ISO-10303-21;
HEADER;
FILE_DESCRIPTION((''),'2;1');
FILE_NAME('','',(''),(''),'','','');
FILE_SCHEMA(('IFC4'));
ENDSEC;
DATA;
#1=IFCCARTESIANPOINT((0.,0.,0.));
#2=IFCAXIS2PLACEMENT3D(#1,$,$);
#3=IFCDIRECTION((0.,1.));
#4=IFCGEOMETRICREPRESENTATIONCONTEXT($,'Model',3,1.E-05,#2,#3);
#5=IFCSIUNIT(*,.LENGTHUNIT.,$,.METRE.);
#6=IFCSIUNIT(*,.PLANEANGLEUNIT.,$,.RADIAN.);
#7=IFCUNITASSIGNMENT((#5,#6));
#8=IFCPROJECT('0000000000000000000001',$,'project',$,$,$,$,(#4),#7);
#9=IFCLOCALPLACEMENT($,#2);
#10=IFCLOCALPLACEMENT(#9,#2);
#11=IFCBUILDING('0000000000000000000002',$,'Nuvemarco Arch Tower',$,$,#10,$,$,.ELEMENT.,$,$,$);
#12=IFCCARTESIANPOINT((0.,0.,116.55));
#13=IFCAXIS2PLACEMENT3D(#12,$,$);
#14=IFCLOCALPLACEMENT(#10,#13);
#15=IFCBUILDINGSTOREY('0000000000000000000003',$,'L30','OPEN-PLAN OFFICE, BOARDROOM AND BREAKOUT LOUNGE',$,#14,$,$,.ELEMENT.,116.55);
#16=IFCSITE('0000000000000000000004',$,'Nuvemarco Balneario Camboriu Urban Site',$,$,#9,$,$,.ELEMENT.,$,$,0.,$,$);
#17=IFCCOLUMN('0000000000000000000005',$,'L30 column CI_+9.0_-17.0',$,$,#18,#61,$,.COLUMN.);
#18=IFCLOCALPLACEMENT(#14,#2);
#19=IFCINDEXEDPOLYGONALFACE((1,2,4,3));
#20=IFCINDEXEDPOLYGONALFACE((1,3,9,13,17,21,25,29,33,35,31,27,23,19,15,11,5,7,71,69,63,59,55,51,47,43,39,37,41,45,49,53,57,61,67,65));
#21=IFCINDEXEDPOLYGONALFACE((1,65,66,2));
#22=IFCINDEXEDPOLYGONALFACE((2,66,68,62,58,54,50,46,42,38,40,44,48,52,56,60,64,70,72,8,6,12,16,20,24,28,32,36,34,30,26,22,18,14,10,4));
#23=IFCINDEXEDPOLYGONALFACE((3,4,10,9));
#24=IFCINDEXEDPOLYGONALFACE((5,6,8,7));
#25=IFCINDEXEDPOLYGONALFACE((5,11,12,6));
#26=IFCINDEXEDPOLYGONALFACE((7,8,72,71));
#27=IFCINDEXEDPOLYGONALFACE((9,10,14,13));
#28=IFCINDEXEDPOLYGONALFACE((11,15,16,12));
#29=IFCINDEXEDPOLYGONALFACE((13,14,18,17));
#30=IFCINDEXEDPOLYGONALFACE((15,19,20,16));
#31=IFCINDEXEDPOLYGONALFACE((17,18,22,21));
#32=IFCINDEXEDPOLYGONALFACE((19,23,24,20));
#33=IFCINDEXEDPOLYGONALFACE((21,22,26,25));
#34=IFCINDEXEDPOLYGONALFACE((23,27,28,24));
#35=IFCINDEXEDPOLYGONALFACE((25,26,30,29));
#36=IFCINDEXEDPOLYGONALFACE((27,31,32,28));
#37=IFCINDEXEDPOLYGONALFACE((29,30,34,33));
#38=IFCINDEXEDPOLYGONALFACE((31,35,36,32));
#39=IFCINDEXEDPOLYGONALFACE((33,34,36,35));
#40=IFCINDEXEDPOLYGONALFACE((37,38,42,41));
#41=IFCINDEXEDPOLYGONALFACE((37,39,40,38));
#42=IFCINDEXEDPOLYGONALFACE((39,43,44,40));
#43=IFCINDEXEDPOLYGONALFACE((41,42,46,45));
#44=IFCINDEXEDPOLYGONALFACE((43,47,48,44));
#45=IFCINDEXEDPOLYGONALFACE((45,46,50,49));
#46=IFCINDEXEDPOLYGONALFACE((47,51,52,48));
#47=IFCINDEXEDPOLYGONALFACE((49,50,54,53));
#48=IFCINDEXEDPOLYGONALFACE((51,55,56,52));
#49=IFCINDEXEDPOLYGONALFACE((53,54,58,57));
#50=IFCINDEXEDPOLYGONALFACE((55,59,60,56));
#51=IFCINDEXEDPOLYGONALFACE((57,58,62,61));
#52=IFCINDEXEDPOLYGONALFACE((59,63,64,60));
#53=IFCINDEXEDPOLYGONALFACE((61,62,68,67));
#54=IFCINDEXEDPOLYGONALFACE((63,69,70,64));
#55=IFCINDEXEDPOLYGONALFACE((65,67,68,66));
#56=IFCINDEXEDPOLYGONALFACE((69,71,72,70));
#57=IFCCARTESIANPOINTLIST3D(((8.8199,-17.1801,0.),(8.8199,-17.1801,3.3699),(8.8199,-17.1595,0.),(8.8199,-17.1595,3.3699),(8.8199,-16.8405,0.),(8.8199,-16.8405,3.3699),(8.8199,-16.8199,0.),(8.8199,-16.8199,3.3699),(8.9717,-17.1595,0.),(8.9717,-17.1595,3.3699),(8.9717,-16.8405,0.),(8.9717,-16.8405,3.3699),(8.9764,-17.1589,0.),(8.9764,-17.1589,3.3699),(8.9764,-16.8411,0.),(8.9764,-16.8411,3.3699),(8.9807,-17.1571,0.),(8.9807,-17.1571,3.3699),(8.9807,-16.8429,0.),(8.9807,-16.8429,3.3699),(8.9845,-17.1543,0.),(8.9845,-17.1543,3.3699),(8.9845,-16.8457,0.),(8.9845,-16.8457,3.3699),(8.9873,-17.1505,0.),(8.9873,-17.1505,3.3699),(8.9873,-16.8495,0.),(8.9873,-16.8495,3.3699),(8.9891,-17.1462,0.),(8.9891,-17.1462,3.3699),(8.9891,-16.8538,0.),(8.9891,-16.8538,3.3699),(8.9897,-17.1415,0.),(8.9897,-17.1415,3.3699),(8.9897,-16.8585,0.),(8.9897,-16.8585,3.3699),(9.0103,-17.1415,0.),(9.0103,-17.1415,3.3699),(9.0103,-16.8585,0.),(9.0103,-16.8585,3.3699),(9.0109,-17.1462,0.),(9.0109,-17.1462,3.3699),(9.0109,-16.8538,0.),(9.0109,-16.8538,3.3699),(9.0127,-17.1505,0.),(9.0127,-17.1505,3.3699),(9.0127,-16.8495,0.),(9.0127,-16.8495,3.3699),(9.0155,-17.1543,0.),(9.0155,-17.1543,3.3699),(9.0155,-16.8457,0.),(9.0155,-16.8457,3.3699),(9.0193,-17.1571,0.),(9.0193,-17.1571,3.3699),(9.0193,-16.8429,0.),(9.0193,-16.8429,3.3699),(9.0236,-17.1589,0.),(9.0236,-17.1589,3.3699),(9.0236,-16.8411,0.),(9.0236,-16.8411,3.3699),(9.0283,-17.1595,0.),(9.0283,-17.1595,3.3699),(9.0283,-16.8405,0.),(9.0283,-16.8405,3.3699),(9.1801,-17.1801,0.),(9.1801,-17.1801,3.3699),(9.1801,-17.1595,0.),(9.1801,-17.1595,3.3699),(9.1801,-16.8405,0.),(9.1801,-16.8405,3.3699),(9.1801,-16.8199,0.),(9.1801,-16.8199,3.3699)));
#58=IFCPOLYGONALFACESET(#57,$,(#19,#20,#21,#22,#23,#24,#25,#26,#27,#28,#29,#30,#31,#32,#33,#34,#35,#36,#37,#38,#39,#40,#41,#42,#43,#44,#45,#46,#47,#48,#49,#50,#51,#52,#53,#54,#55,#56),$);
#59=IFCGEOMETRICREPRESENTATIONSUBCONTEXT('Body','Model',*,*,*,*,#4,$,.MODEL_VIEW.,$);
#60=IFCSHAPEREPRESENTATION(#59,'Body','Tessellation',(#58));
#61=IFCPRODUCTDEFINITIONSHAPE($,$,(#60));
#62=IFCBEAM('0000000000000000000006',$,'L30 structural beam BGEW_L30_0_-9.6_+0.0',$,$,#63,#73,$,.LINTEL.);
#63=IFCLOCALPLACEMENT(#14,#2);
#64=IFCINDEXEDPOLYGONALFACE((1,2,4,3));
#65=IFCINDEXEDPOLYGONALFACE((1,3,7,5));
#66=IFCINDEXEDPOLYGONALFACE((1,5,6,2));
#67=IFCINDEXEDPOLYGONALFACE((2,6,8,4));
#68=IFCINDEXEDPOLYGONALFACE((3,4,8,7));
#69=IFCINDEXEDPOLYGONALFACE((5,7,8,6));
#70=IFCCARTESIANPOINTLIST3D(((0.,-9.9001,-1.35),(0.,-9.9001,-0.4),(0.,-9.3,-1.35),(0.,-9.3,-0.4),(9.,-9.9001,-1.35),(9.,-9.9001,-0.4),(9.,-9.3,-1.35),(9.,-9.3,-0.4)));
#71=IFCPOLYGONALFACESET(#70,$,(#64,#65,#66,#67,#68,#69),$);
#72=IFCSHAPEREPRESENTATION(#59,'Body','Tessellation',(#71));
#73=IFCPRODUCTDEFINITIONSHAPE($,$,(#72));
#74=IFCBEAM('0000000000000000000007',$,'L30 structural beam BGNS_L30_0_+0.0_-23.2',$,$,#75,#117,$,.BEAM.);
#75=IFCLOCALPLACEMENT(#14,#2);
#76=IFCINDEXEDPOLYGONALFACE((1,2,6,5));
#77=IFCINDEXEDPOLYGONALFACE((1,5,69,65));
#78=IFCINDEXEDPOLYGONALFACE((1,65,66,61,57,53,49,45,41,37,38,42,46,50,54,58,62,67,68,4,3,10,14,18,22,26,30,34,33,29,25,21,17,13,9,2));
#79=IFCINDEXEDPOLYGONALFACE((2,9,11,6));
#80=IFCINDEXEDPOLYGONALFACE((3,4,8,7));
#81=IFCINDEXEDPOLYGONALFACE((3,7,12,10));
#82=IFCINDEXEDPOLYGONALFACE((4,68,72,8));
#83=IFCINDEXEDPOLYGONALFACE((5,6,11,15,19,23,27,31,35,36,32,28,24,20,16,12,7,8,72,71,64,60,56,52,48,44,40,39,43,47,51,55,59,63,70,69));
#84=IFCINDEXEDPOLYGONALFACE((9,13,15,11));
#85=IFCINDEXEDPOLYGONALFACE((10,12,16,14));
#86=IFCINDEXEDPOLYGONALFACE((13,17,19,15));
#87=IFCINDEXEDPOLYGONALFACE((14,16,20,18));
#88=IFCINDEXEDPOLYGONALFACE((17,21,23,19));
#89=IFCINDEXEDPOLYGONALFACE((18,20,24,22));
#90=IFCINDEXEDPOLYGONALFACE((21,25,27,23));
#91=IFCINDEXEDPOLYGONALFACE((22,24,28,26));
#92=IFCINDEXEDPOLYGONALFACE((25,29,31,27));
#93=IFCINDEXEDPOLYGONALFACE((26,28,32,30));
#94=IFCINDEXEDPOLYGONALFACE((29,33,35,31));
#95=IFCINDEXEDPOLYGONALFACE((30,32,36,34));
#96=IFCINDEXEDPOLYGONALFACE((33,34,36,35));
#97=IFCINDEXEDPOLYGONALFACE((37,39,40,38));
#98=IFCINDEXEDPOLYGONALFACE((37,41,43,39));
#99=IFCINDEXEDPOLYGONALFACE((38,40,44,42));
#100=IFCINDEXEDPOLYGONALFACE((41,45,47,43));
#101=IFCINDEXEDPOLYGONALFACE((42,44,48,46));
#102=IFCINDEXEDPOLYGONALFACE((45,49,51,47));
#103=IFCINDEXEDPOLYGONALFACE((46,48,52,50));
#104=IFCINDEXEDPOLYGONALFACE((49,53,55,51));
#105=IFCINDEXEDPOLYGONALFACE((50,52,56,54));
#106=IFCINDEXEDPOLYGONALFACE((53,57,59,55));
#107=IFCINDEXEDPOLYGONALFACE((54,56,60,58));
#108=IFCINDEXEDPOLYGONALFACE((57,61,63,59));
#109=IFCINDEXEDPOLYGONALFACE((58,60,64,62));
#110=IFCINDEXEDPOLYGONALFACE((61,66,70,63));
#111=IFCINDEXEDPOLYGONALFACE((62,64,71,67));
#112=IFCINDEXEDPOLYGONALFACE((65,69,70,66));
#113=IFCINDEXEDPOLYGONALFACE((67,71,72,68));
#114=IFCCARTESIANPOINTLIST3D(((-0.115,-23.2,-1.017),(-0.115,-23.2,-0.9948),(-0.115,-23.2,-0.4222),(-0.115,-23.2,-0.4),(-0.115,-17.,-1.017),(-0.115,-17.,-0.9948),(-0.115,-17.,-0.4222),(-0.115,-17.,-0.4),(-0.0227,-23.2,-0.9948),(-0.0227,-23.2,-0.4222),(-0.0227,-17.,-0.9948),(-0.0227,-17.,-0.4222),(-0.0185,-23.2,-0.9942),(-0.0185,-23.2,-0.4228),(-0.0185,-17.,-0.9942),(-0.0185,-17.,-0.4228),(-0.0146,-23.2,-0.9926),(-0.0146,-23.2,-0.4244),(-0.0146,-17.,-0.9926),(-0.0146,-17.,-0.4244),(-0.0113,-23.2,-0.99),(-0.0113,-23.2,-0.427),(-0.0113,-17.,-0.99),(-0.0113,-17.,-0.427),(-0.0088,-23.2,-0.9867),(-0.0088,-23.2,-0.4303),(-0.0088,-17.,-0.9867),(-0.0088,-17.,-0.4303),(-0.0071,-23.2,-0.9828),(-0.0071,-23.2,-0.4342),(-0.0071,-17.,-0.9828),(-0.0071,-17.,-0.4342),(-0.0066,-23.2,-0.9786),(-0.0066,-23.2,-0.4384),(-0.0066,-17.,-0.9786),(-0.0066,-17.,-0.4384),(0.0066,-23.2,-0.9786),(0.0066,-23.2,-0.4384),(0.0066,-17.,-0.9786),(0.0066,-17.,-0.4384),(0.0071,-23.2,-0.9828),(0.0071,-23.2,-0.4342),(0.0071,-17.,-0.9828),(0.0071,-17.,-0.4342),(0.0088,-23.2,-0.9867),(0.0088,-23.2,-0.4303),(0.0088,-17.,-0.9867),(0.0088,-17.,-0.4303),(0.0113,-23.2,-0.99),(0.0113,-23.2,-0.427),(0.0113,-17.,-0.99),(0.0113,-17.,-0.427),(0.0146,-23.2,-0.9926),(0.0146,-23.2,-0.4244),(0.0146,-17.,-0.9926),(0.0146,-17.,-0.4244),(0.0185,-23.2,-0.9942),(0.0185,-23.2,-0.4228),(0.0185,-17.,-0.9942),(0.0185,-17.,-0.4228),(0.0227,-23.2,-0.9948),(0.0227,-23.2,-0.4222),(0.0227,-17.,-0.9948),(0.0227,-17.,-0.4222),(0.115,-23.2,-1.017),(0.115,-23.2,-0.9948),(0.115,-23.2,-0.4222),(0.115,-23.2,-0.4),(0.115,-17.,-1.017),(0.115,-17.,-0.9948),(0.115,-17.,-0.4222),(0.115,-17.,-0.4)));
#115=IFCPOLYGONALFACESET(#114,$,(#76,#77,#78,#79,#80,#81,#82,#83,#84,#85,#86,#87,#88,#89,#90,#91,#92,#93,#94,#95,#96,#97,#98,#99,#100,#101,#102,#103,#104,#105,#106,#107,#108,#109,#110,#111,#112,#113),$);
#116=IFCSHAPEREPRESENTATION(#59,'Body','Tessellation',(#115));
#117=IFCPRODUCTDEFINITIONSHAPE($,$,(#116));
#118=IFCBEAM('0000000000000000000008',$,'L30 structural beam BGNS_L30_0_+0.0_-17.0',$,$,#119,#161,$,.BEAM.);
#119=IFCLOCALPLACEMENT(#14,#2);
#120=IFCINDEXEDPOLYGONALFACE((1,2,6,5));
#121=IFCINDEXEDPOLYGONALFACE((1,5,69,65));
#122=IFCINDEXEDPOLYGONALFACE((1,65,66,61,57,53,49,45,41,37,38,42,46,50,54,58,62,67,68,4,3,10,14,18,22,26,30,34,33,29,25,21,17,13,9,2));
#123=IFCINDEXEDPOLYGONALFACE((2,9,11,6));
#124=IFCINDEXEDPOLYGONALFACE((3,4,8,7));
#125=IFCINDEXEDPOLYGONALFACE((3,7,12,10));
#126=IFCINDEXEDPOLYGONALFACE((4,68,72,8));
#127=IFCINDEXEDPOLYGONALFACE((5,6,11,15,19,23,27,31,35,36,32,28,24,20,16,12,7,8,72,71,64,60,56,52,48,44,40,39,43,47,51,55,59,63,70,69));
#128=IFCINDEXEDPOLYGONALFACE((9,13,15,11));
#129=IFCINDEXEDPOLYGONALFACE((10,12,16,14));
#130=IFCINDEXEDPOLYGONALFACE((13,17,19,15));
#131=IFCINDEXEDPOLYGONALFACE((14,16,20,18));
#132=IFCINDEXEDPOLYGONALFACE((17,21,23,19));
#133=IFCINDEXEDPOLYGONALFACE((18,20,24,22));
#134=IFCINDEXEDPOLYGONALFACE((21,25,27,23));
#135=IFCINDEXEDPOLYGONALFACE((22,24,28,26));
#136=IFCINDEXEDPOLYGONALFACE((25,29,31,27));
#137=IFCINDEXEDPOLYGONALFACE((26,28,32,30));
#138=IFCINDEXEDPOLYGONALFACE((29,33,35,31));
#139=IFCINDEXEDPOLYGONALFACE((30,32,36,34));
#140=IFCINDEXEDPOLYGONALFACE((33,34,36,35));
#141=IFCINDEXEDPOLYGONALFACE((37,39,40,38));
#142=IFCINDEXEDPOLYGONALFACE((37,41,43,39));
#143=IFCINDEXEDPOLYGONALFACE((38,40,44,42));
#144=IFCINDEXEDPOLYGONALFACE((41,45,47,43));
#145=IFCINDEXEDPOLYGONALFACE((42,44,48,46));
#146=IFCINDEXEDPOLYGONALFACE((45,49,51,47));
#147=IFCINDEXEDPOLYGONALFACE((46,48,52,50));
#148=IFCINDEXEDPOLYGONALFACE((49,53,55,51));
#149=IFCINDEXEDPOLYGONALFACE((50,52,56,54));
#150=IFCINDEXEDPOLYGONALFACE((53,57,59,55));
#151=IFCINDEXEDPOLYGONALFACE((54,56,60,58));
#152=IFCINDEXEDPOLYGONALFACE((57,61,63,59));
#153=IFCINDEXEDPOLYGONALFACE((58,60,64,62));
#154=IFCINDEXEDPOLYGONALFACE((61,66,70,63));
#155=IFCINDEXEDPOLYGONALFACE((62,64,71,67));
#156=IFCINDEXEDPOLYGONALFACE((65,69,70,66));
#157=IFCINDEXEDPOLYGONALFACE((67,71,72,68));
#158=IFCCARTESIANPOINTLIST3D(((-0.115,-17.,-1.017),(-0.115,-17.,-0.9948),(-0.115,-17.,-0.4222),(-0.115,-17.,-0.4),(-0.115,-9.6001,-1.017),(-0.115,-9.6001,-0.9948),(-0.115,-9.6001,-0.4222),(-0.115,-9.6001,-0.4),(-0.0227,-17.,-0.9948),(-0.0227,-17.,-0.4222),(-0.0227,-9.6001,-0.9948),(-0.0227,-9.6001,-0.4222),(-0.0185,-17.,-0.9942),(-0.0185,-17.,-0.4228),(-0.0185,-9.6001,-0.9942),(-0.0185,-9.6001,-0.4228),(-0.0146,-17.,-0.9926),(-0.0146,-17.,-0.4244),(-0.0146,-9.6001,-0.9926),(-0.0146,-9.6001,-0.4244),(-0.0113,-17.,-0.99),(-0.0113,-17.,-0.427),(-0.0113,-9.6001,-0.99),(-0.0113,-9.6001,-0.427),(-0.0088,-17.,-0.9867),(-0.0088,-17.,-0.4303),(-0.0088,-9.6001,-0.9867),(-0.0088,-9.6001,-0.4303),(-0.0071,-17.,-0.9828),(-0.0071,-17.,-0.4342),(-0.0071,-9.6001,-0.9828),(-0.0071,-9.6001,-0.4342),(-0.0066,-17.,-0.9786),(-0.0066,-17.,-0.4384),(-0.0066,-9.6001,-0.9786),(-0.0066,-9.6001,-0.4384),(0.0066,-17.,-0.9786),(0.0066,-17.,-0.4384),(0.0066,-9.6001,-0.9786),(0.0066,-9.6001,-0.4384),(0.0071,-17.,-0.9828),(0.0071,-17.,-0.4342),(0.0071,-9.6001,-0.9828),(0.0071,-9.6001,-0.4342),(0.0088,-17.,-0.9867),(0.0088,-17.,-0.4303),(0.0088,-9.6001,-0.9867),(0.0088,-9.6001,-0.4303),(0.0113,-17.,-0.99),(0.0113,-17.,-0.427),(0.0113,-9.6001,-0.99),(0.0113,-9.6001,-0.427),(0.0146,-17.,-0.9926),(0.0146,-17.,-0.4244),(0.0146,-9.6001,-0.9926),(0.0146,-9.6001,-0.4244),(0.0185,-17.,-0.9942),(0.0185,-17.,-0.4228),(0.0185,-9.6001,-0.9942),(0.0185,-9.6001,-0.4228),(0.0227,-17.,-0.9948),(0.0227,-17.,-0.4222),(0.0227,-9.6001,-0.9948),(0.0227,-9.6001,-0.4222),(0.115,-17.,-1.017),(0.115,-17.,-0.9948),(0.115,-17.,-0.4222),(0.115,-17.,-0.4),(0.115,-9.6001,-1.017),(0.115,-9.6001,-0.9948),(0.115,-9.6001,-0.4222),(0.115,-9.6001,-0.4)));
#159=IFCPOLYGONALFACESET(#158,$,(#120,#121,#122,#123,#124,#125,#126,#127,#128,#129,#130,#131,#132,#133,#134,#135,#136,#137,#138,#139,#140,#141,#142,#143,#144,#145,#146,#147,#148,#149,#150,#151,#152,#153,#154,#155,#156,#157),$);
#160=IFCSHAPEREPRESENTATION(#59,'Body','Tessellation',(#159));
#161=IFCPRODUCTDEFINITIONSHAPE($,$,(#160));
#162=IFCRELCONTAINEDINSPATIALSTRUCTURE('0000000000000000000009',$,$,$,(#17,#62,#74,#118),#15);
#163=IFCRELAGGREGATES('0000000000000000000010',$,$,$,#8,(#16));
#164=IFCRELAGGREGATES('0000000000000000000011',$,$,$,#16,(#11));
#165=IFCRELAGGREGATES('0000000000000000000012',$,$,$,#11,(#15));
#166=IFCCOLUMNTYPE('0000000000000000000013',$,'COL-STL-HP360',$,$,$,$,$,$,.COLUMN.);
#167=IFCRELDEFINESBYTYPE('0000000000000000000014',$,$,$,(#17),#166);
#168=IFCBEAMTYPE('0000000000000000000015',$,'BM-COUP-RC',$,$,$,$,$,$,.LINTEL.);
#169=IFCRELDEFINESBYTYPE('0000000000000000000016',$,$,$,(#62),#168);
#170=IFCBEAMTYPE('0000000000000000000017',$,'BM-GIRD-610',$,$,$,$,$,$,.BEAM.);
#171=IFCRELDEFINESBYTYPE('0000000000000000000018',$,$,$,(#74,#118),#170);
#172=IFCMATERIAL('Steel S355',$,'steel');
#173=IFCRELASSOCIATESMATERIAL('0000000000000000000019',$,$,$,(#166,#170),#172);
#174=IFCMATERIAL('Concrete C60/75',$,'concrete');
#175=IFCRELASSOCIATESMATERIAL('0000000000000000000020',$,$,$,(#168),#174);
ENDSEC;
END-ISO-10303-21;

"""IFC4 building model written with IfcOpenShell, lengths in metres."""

from ifc_helpers import new_model, si_unit, direction, frame, origin, origin_2d, place, context, subcontext, project, spatial, rectangle, i_section, extrude, material, material_profile, profile_set, type_object, element, save


model = new_model("IFC4")

# Units and contexts
model_context = context("Model", 3, precision=1e-05, world=origin(), true_north=direction((0.0, 1.0)))
body_context = subcontext(model_context, "Body", "Model", "MODEL_VIEW")
ifc_project = project(units=[si_unit("LENGTHUNIT", "METRE"), si_unit("PLANEANGLEUNIT", "RADIAN")], contexts=[model_context])

# Site, building, storey
site_placement = place(None, origin())
site = spatial("IfcSite", under=ifc_project, at=site_placement, Name="Nuvemarco Balneario Camboriu Urban Site", CompositionType="ELEMENT", RefElevation=0.0)
building_placement = place(site_placement, origin())
building = spatial("IfcBuilding", under=site, at=building_placement, Name="Nuvemarco Arch Tower", CompositionType="ELEMENT")
storey_placement = place(building_placement, frame((0.0, 0.0, 116.55)))
storey = spatial("IfcBuildingStorey", under=building, at=storey_placement, Name="L30", Description="OPEN-PLAN OFFICE, BOARDROOM AND BREAKOUT LOUNGE", CompositionType="ELEMENT", Elevation=116.55)

# Column
ifc_material_1 = material(Name="Concrete C60/75", Category="concrete")
ifc_material_2 = material(Name="Steel S355", Category="steel")
ifc_material_profile_1 = material_profile(ifc_material_2, i_section(OverallWidth=0.3601, OverallDepth=0.3601, WebThickness=0.0205, FlangeThickness=0.0205, FilletRadius=0.0181, at=origin_2d()), Name="HP360x174")
ifc_profile_set_1 = profile_set([ifc_material_profile_1], Name="Steel S355")
column_type_1 = type_object("IfcColumnType", Name="COL-STL-HP360", PredefinedType="COLUMN", material=ifc_profile_set_1)
for number, where, z_axis, x_axis, name in (
    (1, (9.0, -17.0, 0.0), (0.0, 0.0, 1.0), (1.0, 0.0, 0.0), "L30 column CI_+9.0_-17.0"),
):
    element("IfcColumn", number, at=place(storey_placement, frame(where, z_axis=z_axis, x_axis=x_axis)), inside=storey, type_object=column_type_1, Name=name, PredefinedType="COLUMN", context=body_context, shape_type="SweptSolid", body=[
        extrude(i_section(OverallWidth=0.3601, OverallDepth=0.3601, WebThickness=0.0205, FlangeThickness=0.0205, FilletRadius=0.0181, at=origin_2d()), origin(), (0.0, 0.0, 1.0), 3.3699),
    ])

# Beams
ifc_material_profile_2 = material_profile(ifc_material_1, rectangle(XDim=0.6001, YDim=0.95, at=origin_2d()), Name="RC-BM-600x950")
ifc_profile_set_2 = profile_set([ifc_material_profile_2], Name="Concrete C60/75")
beam_type_1 = type_object("IfcBeamType", Name="BM-COUP-RC", PredefinedType="LINTEL", material=ifc_profile_set_2)
beam_1_placement = place(storey_placement, frame((0.0, -9.6001, -0.875), z_axis=(1.0, 0.0, 0.0), x_axis=(0.0, 1.0, 0.0)))
element("IfcBeam", 2, at=beam_1_placement, inside=storey, type_object=beam_type_1, Name="L30 structural beam BGEW_L30_0_-9.6_+0.0", PredefinedType="LINTEL", context=body_context, shape_type="SweptSolid", body=[
    extrude(rectangle(XDim=0.6001, YDim=0.95, at=origin_2d()), origin(), (0.0, 0.0, 1.0), 9.0),
])
ifc_material_profile_3 = material_profile(ifc_material_2, i_section(OverallWidth=0.23, OverallDepth=0.6169, WebThickness=0.0132, FlangeThickness=0.0222, FilletRadius=0.0161, at=origin_2d()), Name="W610x140")
ifc_profile_set_3 = profile_set([ifc_material_profile_3], Name="Steel S355")
beam_type_2 = type_object("IfcBeamType", Name="BM-GIRD-610", PredefinedType="BEAM", material=ifc_profile_set_3)
beam_2_placement = place(storey_placement, frame((0.0, -23.2, -0.7085), z_axis=(0.0, 1.0, 0.0), x_axis=(-1.0, 0.0, 0.0)))
element("IfcBeam", 3, at=beam_2_placement, inside=storey, type_object=beam_type_2, Name="L30 structural beam BGNS_L30_0_+0.0_-23.2", PredefinedType="BEAM", context=body_context, shape_type="SweptSolid", body=[
    extrude(i_section(OverallWidth=0.23, OverallDepth=0.6169, WebThickness=0.0132, FlangeThickness=0.0222, FilletRadius=0.0161, at=origin_2d()), origin(), (0.0, 0.0, 1.0), 6.2),
])
beam_3_placement = place(storey_placement, frame((0.0, -17.0, -0.7085), z_axis=(0.0, 1.0, 0.0), x_axis=(-1.0, 0.0, 0.0)))
element("IfcBeam", 4, at=beam_3_placement, inside=storey, type_object=beam_type_2, Name="L30 structural beam BGNS_L30_0_+0.0_-17.0", PredefinedType="BEAM", context=body_context, shape_type="SweptSolid", body=[
    extrude(i_section(OverallWidth=0.23, OverallDepth=0.6169, WebThickness=0.0132, FlangeThickness=0.0222, FilletRadius=0.0161, at=origin_2d()), origin(), (0.0, 0.0, 1.0), 7.3999),
])

save(model, "model.ifc")
